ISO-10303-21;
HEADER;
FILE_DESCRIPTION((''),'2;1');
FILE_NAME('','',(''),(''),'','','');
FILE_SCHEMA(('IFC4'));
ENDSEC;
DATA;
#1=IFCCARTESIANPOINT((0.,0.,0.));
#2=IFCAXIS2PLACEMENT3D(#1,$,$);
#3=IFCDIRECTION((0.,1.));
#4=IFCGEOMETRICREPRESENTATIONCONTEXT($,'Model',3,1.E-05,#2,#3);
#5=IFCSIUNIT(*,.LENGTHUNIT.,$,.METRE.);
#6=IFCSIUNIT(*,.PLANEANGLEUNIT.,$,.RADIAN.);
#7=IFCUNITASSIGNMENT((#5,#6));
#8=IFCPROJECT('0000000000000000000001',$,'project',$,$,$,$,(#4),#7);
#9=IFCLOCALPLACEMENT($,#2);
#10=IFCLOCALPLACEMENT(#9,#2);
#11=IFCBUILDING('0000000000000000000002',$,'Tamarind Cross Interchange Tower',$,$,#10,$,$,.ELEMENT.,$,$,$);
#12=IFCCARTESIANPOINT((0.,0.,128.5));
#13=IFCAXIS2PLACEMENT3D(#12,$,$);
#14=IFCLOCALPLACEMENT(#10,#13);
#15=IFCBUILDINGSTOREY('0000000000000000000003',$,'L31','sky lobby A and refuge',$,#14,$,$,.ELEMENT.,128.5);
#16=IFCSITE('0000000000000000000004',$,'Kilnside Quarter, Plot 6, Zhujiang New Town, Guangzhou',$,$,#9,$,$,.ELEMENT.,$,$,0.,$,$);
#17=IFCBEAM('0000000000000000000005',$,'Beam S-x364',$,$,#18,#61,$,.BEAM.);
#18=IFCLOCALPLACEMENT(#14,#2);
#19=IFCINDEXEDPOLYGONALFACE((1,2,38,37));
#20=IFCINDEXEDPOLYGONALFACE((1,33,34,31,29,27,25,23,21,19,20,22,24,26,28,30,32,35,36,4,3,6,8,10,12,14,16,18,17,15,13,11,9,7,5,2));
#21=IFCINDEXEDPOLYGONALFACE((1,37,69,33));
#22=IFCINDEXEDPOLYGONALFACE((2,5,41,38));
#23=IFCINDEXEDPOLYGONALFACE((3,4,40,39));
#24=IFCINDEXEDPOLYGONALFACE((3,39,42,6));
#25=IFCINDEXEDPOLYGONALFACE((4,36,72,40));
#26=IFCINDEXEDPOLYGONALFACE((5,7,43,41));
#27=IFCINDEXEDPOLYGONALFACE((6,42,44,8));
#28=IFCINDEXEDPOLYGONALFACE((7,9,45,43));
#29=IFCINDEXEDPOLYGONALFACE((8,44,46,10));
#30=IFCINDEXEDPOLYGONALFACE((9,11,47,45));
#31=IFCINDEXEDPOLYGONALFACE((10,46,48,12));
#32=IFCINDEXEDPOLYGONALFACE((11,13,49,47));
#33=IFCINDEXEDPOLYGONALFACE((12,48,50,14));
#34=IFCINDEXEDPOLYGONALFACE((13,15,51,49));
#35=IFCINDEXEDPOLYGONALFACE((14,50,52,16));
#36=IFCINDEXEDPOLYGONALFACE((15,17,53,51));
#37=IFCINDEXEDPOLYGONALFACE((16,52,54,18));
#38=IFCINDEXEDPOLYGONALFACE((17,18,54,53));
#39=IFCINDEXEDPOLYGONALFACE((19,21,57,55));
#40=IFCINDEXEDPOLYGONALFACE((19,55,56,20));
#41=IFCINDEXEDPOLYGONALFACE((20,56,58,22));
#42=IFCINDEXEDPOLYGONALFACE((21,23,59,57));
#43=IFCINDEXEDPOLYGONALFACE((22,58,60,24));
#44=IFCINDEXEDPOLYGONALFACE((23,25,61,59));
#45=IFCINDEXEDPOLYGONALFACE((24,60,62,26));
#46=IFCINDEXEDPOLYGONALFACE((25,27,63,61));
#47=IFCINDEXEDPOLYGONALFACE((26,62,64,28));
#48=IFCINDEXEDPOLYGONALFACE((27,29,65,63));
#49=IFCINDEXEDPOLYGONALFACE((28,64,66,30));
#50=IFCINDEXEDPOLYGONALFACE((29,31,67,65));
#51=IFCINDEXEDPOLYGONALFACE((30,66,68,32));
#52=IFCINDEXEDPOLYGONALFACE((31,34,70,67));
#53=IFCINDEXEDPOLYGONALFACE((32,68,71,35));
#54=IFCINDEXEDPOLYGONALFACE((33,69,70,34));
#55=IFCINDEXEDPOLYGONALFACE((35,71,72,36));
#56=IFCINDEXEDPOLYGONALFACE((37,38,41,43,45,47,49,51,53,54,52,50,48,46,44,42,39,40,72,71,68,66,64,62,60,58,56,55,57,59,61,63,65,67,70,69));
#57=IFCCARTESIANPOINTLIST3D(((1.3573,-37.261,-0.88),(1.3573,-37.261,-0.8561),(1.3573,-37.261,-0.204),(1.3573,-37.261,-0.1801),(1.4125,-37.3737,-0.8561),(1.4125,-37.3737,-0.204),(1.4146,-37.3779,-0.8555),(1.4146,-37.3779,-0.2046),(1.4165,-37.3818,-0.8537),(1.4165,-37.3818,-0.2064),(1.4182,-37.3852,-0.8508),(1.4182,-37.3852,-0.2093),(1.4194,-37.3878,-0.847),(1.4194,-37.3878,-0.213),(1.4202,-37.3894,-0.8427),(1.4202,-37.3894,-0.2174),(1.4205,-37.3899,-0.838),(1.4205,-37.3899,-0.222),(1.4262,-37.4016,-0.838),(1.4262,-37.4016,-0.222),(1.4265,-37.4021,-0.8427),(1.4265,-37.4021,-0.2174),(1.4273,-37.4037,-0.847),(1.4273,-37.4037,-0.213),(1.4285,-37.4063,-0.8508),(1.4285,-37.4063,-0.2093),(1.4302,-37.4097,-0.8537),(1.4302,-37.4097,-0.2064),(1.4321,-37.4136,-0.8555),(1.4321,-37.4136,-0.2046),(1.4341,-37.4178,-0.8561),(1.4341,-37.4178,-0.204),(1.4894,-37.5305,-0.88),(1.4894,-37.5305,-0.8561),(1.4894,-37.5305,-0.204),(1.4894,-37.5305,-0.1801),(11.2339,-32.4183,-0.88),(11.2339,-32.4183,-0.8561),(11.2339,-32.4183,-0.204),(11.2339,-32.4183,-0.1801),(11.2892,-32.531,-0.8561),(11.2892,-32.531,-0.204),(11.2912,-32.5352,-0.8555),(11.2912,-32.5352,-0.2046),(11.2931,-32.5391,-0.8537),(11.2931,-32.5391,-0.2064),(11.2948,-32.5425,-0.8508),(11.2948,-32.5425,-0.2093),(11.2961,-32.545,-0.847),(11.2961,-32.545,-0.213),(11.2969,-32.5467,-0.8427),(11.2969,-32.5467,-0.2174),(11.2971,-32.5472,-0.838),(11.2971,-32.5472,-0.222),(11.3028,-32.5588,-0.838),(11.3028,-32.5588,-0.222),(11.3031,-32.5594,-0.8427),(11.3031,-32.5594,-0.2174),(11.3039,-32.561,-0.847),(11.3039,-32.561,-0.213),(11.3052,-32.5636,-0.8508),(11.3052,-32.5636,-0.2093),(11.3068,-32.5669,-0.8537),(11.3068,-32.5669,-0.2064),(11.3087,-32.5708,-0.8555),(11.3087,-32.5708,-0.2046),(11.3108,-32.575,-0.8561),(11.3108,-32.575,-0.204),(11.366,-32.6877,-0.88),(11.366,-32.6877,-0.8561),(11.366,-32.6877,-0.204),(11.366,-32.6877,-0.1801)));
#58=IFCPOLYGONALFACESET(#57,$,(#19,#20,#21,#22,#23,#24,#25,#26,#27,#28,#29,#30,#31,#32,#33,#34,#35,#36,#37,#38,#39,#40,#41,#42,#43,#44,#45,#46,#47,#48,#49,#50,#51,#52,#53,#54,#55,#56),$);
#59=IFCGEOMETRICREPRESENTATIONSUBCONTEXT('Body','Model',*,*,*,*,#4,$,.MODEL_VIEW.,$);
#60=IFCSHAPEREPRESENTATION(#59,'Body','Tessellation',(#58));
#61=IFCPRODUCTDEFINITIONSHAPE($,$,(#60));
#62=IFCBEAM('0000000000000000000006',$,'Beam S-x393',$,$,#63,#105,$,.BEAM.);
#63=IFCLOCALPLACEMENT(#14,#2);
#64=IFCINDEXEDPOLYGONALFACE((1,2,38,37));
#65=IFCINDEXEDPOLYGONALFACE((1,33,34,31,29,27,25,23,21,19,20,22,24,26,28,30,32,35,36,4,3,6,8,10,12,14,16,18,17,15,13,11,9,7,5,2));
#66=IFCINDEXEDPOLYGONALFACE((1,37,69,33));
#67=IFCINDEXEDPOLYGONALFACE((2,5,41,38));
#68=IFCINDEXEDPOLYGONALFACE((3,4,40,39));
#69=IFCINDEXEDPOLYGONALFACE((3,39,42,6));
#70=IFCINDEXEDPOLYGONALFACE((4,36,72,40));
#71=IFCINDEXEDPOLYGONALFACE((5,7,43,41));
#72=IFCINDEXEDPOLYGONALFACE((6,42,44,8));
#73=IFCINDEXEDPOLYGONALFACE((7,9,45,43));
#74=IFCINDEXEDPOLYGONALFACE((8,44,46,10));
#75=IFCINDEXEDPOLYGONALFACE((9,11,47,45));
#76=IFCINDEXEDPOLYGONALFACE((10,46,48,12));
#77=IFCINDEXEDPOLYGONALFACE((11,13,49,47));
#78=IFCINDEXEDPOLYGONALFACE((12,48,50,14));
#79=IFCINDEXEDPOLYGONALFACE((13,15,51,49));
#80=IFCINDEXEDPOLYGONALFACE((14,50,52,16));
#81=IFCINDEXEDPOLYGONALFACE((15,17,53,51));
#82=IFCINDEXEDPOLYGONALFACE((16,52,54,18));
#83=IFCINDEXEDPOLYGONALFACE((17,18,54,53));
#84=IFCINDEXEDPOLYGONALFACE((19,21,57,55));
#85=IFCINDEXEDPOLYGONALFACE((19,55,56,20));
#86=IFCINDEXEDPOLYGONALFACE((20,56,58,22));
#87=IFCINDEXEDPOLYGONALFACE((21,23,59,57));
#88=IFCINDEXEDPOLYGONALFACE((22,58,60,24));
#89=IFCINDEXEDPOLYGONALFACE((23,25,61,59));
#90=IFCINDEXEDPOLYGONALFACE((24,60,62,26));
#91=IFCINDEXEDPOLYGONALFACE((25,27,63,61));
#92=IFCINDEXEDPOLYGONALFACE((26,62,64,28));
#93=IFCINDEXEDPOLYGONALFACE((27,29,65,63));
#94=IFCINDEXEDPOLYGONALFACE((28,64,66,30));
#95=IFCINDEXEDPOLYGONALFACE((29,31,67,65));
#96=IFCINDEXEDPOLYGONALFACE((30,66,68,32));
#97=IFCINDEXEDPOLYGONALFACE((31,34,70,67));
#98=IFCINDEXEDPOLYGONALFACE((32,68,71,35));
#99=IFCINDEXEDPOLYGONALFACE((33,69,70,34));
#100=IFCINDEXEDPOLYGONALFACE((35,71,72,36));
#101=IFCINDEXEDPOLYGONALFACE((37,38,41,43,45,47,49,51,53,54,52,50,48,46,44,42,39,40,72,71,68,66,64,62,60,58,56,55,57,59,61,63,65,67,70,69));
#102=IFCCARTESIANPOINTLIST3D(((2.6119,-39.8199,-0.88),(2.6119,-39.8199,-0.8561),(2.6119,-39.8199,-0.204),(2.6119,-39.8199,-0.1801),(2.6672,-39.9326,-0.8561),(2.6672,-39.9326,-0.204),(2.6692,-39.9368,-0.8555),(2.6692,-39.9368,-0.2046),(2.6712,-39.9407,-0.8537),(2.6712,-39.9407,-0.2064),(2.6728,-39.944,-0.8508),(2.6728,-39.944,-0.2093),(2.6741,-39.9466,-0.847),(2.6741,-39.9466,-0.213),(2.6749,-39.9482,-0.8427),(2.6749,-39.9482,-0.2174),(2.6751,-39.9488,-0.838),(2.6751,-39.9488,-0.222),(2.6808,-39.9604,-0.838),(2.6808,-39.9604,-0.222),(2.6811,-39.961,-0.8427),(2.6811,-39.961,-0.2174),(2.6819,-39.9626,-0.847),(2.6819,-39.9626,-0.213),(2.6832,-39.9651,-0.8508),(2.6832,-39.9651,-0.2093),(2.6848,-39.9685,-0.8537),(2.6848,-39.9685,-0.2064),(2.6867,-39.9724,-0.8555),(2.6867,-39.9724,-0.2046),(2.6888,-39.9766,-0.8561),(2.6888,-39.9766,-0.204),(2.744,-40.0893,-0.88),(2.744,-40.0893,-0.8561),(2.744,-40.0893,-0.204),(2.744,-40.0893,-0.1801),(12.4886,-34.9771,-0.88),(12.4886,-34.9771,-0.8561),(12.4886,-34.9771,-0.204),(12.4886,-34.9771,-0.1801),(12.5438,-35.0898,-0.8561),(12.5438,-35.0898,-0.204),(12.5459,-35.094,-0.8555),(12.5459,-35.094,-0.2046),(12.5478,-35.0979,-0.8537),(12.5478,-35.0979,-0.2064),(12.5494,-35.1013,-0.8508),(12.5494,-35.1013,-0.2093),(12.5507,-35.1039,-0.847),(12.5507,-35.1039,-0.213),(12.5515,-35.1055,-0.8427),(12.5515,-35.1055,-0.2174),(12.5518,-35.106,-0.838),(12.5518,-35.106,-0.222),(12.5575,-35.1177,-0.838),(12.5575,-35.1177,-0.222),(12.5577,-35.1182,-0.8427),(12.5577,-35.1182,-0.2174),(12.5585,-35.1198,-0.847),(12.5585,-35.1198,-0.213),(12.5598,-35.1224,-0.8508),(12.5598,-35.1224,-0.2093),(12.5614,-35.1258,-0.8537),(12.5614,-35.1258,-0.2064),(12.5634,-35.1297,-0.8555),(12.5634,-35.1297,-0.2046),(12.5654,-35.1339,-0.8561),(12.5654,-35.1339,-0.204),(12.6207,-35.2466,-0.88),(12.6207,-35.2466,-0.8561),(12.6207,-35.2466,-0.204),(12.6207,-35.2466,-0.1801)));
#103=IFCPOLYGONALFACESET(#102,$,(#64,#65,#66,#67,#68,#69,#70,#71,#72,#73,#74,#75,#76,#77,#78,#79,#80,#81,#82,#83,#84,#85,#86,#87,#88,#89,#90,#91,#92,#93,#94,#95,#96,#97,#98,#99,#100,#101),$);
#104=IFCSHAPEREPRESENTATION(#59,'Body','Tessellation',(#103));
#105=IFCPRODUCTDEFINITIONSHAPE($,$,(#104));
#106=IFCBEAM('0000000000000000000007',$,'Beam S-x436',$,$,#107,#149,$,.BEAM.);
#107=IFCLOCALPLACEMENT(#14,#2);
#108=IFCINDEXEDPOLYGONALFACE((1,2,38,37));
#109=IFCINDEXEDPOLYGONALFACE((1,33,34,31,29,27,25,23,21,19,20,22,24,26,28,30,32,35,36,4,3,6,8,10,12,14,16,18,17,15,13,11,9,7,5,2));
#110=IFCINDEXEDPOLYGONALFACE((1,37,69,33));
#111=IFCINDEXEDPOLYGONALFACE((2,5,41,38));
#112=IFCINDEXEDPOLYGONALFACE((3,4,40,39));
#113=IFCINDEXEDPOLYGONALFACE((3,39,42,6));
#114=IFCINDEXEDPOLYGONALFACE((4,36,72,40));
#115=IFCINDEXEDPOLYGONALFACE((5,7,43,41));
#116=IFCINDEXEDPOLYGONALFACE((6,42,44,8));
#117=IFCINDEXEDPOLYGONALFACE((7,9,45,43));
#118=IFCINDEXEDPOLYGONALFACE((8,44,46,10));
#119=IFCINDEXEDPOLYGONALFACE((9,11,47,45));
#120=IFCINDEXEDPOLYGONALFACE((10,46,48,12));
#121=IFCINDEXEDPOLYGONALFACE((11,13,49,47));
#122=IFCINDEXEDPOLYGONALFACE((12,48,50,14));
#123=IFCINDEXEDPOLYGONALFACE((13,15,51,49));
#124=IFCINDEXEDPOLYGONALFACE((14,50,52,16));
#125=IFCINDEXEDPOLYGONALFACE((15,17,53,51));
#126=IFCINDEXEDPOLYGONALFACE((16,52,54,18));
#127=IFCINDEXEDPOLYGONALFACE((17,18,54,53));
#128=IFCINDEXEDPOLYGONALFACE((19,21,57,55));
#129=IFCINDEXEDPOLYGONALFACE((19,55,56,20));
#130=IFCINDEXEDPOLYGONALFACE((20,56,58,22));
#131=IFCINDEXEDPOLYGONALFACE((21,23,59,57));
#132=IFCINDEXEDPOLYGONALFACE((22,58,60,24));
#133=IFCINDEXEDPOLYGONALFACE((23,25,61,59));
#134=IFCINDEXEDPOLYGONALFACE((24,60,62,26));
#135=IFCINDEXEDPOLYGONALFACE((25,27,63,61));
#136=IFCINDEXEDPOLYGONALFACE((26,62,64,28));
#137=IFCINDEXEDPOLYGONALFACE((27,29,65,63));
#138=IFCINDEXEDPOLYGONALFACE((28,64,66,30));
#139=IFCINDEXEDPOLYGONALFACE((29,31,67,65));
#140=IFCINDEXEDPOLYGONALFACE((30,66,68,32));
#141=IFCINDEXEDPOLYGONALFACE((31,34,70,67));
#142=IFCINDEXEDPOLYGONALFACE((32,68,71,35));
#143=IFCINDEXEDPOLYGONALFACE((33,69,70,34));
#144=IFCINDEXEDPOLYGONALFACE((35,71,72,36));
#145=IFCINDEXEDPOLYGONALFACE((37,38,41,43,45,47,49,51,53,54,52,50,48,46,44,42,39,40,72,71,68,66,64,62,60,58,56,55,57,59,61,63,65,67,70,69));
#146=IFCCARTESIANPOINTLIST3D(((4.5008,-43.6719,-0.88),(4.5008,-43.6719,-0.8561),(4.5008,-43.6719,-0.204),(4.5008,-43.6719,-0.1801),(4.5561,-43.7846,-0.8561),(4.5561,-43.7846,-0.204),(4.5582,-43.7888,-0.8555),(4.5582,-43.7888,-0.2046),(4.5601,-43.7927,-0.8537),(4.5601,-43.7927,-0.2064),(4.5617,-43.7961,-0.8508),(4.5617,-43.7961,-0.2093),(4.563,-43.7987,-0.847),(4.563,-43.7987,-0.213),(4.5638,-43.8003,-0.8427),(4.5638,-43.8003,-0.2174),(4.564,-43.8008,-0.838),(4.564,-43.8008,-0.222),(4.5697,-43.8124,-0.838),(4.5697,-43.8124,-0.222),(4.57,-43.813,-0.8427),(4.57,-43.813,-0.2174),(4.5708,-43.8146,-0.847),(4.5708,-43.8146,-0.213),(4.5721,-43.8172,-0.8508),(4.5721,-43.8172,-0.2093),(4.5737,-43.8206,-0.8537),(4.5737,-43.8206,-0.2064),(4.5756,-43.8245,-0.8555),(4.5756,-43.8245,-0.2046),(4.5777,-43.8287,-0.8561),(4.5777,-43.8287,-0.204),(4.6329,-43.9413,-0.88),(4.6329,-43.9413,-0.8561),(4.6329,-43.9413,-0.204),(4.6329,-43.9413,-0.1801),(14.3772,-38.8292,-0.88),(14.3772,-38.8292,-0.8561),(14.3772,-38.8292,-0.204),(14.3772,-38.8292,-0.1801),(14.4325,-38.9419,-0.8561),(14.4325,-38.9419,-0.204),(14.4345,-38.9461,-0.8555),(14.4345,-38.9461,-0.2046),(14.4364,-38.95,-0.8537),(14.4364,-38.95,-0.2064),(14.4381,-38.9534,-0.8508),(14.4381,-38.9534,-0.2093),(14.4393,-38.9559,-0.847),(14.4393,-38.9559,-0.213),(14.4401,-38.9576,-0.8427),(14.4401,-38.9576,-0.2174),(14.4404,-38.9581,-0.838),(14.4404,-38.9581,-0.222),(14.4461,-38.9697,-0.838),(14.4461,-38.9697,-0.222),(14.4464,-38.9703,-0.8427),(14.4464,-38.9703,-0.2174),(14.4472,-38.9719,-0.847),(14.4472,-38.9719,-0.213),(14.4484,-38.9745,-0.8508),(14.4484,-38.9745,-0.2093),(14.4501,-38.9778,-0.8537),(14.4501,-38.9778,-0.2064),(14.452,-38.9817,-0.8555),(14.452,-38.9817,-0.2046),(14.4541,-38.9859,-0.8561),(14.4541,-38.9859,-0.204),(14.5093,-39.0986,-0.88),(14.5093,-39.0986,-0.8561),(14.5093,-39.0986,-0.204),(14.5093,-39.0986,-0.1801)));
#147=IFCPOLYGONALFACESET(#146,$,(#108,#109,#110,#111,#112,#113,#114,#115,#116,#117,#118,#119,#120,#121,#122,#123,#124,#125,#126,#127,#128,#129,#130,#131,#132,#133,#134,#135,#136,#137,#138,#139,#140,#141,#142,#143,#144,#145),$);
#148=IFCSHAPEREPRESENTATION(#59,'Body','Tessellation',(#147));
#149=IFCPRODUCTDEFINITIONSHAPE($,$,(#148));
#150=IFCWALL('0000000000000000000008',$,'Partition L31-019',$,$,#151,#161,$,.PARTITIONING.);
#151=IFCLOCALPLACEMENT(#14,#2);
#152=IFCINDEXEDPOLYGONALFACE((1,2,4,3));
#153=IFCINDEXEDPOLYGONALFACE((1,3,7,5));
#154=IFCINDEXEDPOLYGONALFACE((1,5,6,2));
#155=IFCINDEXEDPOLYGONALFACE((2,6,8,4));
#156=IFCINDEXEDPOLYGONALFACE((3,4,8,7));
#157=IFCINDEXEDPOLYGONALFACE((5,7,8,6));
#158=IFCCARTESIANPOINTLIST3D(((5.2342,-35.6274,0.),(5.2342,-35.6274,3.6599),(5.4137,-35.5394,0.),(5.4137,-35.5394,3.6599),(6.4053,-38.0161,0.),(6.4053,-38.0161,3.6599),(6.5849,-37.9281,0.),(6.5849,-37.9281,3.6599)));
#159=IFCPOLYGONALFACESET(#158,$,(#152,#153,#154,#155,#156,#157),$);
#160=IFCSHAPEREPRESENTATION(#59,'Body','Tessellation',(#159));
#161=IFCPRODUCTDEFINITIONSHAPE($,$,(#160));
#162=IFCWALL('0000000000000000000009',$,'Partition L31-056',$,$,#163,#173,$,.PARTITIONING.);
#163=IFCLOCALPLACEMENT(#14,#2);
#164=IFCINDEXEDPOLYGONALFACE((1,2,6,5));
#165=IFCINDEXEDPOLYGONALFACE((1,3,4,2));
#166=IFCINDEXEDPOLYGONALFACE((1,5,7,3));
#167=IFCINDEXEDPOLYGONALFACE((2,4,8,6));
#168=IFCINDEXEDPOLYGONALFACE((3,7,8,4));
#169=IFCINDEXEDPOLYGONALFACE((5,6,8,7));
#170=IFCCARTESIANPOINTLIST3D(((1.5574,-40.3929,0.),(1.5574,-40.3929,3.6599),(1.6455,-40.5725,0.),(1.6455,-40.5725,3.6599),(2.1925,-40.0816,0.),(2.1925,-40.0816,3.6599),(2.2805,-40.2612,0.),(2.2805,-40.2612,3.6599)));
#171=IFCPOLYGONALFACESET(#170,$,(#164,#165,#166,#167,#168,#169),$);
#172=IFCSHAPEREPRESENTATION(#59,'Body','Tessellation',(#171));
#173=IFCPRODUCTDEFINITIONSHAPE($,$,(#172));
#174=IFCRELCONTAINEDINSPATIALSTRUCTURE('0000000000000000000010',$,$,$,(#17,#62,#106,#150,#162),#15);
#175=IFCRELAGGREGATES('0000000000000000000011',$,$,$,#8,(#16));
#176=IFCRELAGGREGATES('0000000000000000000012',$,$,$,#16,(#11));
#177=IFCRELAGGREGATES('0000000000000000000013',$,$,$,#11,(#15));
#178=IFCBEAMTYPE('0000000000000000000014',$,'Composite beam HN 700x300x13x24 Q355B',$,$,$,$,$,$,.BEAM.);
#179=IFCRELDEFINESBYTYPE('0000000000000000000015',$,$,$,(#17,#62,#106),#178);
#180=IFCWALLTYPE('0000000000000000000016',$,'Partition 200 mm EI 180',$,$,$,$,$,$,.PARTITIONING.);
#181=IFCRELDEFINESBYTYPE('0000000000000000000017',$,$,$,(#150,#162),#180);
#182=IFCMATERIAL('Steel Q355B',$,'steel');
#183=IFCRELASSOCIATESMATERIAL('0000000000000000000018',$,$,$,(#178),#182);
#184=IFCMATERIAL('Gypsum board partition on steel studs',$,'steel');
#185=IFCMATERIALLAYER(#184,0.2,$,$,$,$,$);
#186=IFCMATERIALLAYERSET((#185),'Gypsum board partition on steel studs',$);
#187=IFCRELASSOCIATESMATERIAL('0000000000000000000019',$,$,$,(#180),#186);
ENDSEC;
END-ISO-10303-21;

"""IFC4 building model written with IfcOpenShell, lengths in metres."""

from ifc_helpers import new_model, si_unit, direction, frame, frame_2d, origin, origin_2d, place, context, subcontext, project, spatial, rectangle, i_section, extrude, material, layer, layer_set, material_profile, profile_set, type_object, element, save


model = new_model("IFC4")

# Units and contexts
model_context = context("Model", 3, precision=1e-05, world=origin(), true_north=direction((0.0, 1.0)))
body_context = subcontext(model_context, "Body", "Model", "MODEL_VIEW")
ifc_project = project(units=[si_unit("LENGTHUNIT", "METRE"), si_unit("PLANEANGLEUNIT", "RADIAN")], contexts=[model_context])

# Site, building, storey
site_placement = place(None, origin())
site = spatial("IfcSite", under=ifc_project, at=site_placement, Name="Kilnside Quarter, Plot 6, Zhujiang New Town, Guangzhou", CompositionType="ELEMENT", RefElevation=0.0)
building_placement = place(site_placement, origin())
building = spatial("IfcBuilding", under=site, at=building_placement, Name="Tamarind Cross Interchange Tower", CompositionType="ELEMENT")
storey_placement = place(building_placement, frame((0.0, 0.0, 128.5)))
storey = spatial("IfcBuildingStorey", under=building, at=storey_placement, Name="L31", Description="sky lobby A and refuge", CompositionType="ELEMENT", Elevation=128.5)

# Beams
ifc_material_1 = material(Name="Steel Q355B", Category="steel")
ifc_material_profile_1 = material_profile(ifc_material_1, i_section(OverallWidth=0.3, OverallDepth=0.7, WebThickness=0.0129, FlangeThickness=0.0239, FilletRadius=0.0181, at=origin_2d()), Name="HN 700x300x13x24")
ifc_profile_set_1 = profile_set([ifc_material_profile_1], Name="Steel Q355B")
beam_type_1 = type_object("IfcBeamType", Name="Composite beam HN 700x300x13x24 Q355B", PredefinedType="BEAM", material=ifc_profile_set_1)
for number, where, z_axis, x_axis, name in (
    (1, (1.4233, -37.3958, -0.53), (0.897876, 0.440249, 0.0), (-0.440249, 0.897876, 0.0), "Beam S-x364"),
    (2, (2.678, -39.9546, -0.53), (0.897876, 0.440249, 0.0), (-0.440249, 0.897876, 0.0), "Beam S-x393"),
):
    element("IfcBeam", number, at=place(storey_placement, frame(where, z_axis=z_axis, x_axis=x_axis)), inside=storey, type_object=beam_type_1, Name=name, PredefinedType="BEAM", context=body_context, shape_type="SweptSolid", body=[
        extrude(i_section(OverallWidth=0.3, OverallDepth=0.7, WebThickness=0.0129, FlangeThickness=0.0239, FilletRadius=0.0181, at=origin_2d()), origin(), (0.0, 0.0, 1.0), 11.0),
    ])
beam_1_placement = place(storey_placement, frame((4.5669, -43.8066, -0.53), z_axis=(0.897872, 0.440258, 0.0), x_axis=(-0.440258, 0.897872, 0.0)))
element("IfcBeam", 3, at=beam_1_placement, inside=storey, type_object=beam_type_1, Name="Beam S-x436", PredefinedType="BEAM", context=body_context, shape_type="SweptSolid", body=[
    extrude(i_section(OverallWidth=0.3, OverallDepth=0.7, WebThickness=0.0129, FlangeThickness=0.0239, FilletRadius=0.0181, at=origin_2d()), origin(), (0.0, 0.0, 1.0), 10.9998),
])

# Walls
ifc_material_2 = material(Name="Gypsum board partition on steel studs", Category="steel")
ifc_layer_1 = layer(ifc_material_2, 0.2)
ifc_layer_set_1 = layer_set([ifc_layer_1], Name="Gypsum board partition on steel studs")
wall_type_1 = type_object("IfcWallType", Name="Partition 200 mm EI 180", PredefinedType="PARTITIONING", material=ifc_layer_set_1)
wall_1_placement = place(storey_placement, frame((5.324, -35.5835, 0.0), z_axis=(0.0, 0.0, 1.0), x_axis=(0.440225, -0.897887, 0.0)))
element("IfcWall", 4, at=wall_1_placement, inside=storey, type_object=wall_type_1, Name="Partition L31-019", PredefinedType="PARTITIONING", context=body_context, shape_type="SweptSolid", body=[
    extrude(rectangle(XDim=2.6604, YDim=0.2, at=frame_2d((1.3301, 0.0))), origin(), (0.0, 0.0, 1.0), 3.6599),
])
wall_2_placement = place(storey_placement, frame((1.6016, -40.4827, 0.0), z_axis=(0.0, 0.0, 1.0), x_axis=(0.897921, 0.440157, 0.0)))
element("IfcWall", 5, at=wall_2_placement, inside=storey, type_object=wall_type_1, Name="Partition L31-056", PredefinedType="PARTITIONING", context=body_context, shape_type="SweptSolid", body=[
    extrude(rectangle(XDim=0.7073, YDim=0.2, at=frame_2d((0.3535, 0.0))), origin(), (0.0, 0.0, 1.0), 3.6599),
])

save(model, "model.ifc")
